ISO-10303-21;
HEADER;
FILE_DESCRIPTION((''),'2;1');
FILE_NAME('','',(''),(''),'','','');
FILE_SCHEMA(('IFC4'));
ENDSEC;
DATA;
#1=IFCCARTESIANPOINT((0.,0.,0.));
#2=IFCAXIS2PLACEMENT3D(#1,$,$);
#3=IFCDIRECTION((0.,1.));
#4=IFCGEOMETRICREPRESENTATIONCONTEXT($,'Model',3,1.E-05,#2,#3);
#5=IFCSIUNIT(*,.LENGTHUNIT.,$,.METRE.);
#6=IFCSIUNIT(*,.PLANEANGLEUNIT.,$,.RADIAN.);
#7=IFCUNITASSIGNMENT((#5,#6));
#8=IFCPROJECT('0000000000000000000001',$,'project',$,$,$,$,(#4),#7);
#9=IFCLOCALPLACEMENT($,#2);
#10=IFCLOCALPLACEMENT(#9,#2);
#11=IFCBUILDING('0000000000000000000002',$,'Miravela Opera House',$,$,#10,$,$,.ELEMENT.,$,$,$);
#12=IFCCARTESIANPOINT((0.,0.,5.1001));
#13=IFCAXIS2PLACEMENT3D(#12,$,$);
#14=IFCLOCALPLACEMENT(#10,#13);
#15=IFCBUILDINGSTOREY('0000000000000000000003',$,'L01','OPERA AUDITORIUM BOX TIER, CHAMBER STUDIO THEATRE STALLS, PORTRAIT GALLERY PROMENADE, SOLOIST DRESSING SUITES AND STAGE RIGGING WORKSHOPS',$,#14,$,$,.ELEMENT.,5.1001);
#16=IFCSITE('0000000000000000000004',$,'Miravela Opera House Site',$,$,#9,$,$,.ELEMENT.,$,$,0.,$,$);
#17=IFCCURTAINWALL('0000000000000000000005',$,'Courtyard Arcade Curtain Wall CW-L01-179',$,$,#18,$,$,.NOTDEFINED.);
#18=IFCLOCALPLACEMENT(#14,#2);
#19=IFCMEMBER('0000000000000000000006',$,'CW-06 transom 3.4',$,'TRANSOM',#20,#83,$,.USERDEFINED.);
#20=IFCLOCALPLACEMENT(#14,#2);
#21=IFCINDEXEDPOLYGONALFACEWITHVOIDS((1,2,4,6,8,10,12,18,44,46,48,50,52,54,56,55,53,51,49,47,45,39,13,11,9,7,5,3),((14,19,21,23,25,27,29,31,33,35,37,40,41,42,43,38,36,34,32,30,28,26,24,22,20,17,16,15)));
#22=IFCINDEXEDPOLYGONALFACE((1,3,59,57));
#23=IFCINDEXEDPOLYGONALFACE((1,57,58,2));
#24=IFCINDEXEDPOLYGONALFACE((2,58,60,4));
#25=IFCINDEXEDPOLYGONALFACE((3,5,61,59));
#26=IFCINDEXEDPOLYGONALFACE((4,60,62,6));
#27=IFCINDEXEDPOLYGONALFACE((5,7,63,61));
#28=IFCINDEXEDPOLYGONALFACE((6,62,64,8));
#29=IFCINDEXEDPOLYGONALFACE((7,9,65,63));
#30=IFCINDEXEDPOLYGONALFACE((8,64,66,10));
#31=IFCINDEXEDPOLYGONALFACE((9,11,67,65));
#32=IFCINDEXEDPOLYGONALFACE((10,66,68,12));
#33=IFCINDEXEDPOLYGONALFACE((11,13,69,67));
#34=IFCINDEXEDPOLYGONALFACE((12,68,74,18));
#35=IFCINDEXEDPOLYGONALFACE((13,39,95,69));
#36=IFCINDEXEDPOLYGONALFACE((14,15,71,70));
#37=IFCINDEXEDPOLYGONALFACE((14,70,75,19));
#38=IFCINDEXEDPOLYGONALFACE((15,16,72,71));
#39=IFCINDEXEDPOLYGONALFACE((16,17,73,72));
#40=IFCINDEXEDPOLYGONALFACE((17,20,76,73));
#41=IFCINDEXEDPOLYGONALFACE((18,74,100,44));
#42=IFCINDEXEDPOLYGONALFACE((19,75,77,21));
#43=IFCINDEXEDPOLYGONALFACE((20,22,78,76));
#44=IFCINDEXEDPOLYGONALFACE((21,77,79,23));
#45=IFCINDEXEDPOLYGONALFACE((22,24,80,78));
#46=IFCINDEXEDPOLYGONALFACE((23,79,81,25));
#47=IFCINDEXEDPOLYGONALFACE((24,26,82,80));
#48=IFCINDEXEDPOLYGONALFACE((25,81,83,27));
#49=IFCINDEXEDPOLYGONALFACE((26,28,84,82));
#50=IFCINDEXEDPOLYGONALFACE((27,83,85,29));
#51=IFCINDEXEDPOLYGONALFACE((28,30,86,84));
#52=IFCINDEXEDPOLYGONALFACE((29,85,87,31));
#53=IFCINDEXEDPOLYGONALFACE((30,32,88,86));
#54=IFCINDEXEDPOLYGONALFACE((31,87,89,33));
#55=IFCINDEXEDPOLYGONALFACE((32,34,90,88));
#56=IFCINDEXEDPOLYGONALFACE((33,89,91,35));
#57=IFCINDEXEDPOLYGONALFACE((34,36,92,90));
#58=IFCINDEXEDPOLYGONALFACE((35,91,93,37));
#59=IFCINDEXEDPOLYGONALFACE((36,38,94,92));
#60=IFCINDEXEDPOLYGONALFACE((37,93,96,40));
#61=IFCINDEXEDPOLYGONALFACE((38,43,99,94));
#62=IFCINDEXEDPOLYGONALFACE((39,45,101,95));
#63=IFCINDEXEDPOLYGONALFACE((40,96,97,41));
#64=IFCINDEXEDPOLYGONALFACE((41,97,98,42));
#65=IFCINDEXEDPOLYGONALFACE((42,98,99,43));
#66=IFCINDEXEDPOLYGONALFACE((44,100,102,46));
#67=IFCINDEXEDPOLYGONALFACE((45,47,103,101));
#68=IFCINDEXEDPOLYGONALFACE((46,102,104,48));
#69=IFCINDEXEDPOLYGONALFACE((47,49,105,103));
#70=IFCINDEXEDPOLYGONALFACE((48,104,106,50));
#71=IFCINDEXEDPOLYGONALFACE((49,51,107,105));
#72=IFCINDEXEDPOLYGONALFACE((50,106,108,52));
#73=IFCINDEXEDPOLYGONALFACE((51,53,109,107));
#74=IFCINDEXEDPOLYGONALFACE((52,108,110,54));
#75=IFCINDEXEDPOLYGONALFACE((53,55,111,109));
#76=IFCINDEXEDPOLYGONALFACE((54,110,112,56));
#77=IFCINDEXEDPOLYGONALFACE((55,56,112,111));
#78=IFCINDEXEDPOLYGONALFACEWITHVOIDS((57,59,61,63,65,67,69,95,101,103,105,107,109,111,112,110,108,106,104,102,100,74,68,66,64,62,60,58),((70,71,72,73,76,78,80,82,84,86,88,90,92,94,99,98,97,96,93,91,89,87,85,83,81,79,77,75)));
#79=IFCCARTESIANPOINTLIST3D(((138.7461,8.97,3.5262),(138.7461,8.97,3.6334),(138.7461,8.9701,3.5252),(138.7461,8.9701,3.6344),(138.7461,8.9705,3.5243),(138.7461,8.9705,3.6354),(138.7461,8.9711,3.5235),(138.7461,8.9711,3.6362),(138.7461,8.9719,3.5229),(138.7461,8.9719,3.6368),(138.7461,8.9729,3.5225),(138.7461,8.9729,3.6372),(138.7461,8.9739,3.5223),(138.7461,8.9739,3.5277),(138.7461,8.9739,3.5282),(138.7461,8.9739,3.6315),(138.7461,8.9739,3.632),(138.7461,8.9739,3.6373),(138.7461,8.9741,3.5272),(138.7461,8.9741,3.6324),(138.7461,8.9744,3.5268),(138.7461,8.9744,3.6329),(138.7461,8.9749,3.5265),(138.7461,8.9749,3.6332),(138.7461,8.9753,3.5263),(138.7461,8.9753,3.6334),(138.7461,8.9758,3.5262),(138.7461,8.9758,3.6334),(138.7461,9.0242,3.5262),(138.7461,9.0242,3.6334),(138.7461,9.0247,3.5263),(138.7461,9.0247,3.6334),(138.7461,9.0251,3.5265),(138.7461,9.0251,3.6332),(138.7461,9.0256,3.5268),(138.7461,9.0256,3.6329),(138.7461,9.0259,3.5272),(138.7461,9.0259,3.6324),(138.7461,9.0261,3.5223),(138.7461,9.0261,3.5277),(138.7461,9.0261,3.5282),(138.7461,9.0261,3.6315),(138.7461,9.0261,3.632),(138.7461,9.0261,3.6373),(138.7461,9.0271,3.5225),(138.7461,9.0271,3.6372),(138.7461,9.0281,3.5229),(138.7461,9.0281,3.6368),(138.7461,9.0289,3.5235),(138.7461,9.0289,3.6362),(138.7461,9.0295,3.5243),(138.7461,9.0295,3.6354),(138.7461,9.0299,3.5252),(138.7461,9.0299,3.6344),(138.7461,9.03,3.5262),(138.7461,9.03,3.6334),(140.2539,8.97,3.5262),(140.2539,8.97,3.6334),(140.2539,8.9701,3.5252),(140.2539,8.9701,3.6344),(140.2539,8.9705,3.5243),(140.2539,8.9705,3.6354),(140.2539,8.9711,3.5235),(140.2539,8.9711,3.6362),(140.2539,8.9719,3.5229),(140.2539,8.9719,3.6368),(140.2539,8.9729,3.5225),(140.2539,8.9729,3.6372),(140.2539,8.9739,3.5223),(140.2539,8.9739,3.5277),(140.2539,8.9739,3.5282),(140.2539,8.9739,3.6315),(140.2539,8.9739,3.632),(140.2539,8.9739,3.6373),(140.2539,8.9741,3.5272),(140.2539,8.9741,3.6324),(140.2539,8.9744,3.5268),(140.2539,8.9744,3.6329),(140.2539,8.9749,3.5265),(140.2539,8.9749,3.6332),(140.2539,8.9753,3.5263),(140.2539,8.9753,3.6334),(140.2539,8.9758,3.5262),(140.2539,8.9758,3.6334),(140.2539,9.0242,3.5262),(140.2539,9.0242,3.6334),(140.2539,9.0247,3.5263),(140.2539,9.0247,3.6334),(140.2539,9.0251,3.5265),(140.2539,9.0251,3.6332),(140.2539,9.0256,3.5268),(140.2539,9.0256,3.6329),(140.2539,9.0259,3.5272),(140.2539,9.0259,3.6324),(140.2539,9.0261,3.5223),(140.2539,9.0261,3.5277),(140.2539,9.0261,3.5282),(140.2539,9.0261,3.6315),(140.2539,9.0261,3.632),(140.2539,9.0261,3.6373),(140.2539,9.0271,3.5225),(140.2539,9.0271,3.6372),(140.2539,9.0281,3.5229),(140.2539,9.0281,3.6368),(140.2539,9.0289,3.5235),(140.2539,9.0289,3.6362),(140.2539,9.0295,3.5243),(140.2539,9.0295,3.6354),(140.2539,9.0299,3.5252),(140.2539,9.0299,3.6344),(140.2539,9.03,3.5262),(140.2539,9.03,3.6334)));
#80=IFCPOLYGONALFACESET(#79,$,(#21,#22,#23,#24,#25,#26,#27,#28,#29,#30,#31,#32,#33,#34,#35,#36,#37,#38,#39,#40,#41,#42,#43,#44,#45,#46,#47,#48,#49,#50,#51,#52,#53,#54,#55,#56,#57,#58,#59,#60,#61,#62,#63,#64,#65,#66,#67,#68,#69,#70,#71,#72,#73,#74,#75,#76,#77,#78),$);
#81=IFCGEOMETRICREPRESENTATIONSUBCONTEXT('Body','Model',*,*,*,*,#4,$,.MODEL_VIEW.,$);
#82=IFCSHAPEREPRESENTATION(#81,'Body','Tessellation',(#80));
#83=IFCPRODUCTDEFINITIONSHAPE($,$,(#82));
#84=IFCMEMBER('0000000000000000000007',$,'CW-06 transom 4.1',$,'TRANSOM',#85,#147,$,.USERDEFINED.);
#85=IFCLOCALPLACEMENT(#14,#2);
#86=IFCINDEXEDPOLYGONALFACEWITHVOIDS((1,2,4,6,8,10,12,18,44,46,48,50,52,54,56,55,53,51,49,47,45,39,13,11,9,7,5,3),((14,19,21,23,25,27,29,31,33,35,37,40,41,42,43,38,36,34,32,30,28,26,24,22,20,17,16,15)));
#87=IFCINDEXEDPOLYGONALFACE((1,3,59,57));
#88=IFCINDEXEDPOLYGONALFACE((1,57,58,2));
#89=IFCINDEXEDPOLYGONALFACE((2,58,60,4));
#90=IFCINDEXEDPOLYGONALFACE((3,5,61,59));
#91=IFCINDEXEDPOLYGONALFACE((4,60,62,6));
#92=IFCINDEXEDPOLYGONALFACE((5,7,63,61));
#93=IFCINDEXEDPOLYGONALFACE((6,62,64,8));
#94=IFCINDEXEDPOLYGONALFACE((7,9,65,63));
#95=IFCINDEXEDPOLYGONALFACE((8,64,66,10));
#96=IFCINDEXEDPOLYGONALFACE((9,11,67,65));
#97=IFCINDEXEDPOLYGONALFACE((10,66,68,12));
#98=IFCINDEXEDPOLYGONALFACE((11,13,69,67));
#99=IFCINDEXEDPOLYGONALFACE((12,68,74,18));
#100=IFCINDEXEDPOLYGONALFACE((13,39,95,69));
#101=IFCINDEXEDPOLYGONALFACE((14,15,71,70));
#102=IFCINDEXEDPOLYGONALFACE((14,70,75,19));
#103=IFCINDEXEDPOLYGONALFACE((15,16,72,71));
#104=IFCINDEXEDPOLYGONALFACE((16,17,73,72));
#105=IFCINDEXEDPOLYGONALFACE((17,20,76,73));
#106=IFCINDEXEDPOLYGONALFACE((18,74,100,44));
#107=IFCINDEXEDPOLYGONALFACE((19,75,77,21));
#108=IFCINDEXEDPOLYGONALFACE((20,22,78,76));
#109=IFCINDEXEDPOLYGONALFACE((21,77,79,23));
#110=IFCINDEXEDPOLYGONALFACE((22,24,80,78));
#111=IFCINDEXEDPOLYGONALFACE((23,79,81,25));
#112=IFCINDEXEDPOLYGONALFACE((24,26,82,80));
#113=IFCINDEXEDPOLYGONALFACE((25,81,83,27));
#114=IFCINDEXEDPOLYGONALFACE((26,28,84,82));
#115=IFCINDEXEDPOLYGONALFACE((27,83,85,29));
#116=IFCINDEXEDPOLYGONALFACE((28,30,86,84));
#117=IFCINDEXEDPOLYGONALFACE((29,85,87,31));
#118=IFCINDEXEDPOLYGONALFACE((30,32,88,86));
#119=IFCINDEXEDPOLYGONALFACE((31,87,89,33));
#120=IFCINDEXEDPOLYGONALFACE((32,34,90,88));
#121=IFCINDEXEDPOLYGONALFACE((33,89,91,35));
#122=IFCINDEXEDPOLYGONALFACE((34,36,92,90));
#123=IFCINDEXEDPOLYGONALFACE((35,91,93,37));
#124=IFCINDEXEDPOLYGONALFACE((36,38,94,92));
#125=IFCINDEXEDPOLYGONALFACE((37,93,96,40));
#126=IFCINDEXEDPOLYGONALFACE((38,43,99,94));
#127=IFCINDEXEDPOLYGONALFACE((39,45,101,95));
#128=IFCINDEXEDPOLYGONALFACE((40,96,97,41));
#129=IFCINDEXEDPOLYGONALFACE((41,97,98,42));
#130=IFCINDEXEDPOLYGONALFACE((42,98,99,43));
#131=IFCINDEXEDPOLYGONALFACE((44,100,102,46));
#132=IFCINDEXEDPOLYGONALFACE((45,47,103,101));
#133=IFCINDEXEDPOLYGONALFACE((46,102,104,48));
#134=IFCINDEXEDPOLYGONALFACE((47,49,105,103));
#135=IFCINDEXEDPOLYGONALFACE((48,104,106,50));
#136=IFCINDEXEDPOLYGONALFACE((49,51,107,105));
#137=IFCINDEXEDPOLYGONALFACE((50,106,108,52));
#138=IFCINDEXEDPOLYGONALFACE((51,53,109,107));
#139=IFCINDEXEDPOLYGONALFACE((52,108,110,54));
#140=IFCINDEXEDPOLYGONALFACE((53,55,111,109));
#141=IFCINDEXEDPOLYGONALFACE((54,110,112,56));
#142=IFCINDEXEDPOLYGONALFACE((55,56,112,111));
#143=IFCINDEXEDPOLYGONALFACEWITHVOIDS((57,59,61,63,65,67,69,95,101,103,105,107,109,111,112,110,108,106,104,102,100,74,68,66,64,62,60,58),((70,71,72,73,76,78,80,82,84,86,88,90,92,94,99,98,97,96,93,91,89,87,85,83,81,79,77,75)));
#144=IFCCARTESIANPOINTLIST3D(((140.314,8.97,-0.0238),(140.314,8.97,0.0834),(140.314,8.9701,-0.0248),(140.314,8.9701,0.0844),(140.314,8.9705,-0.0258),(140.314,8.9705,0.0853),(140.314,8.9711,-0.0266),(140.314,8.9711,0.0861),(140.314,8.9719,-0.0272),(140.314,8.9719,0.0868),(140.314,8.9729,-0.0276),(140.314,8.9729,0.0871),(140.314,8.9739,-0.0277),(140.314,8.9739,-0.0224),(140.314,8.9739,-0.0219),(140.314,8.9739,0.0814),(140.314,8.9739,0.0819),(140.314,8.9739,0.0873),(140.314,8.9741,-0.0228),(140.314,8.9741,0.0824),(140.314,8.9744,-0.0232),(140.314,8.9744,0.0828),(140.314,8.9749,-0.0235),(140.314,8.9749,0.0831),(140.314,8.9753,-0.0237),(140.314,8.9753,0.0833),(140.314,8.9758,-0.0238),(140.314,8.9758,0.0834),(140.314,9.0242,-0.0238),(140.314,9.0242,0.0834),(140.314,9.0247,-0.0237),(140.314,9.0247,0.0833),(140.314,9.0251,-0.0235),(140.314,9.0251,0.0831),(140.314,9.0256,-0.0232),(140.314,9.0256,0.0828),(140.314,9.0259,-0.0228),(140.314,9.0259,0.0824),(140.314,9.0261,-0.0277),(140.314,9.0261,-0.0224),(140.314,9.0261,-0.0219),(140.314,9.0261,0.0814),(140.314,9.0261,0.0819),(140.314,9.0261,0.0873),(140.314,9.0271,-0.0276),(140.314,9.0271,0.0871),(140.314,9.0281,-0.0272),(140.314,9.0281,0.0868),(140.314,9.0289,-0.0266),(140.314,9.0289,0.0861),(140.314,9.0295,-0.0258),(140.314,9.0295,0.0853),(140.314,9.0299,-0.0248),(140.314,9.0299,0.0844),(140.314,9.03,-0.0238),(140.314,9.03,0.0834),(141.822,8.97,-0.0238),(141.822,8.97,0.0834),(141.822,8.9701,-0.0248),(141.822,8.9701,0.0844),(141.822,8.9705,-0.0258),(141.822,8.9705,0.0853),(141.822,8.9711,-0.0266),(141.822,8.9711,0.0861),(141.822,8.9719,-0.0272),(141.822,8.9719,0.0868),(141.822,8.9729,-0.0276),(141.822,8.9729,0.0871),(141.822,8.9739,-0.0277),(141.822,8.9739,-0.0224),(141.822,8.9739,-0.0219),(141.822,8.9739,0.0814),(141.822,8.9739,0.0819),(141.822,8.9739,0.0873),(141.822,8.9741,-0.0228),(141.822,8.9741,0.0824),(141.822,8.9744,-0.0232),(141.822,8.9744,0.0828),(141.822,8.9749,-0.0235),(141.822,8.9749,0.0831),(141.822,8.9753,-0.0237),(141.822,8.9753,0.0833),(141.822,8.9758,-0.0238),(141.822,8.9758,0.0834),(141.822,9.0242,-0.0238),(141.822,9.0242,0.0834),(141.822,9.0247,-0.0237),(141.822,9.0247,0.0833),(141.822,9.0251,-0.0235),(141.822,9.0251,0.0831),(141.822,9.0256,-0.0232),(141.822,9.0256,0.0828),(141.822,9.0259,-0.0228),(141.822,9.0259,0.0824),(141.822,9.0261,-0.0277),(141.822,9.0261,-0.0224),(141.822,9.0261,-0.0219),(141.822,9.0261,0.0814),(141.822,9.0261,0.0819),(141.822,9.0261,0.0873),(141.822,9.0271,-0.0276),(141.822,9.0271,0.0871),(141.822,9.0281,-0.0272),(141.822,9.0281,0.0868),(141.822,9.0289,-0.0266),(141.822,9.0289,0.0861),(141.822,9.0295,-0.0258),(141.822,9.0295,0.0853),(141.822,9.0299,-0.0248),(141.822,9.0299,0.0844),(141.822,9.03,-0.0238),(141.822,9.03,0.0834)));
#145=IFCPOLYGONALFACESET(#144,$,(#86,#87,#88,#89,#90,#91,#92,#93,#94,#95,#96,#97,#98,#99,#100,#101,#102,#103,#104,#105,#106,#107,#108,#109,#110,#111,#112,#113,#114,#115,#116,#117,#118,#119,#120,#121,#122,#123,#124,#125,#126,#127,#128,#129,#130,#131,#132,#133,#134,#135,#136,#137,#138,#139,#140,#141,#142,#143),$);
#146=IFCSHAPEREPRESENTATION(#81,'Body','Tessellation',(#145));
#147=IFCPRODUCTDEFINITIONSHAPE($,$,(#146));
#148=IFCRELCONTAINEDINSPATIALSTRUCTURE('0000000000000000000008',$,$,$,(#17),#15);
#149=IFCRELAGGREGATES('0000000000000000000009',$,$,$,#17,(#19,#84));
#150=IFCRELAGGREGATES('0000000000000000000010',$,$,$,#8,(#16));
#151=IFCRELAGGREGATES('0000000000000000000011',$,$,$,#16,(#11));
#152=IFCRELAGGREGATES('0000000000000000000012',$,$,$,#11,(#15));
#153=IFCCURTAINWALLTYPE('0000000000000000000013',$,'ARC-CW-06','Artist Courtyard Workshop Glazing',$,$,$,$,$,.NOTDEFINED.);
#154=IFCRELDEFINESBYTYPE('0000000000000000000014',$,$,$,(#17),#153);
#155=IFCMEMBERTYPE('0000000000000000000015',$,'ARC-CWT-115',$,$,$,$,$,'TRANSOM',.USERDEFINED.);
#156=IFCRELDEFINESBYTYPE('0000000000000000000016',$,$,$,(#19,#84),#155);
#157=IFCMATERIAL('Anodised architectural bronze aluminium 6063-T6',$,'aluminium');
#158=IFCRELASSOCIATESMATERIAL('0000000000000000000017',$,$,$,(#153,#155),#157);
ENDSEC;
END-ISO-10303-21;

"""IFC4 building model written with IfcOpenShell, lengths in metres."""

from ifc_helpers import new_model, si_unit, direction, frame, origin, origin_2d, place, context, subcontext, project, spatial, hollow_rectangle, extrude, material, material_profile, profile_set, type_object, element, aggregate, save


model = new_model("IFC4")

# Units and contexts
model_context = context("Model", 3, precision=1e-05, world=origin(), true_north=direction((0.0, 1.0)))
body_context = subcontext(model_context, "Body", "Model", "MODEL_VIEW")
ifc_project = project(units=[si_unit("LENGTHUNIT", "METRE"), si_unit("PLANEANGLEUNIT", "RADIAN")], contexts=[model_context])

# Site, building, storey
site_placement = place(None, origin())
site = spatial("IfcSite", under=ifc_project, at=site_placement, Name="Miravela Opera House Site", CompositionType="ELEMENT", RefElevation=0.0)
building_placement = place(site_placement, origin())
building = spatial("IfcBuilding", under=site, at=building_placement, Name="Miravela Opera House", CompositionType="ELEMENT")
storey_placement = place(building_placement, frame((0.0, 0.0, 5.1001)))
storey = spatial("IfcBuildingStorey", under=building, at=storey_placement, Name="L01", Description="OPERA AUDITORIUM BOX TIER, CHAMBER STUDIO THEATRE STALLS, PORTRAIT GALLERY PROMENADE, SOLOIST DRESSING SUITES AND STAGE RIGGING WORKSHOPS", CompositionType="ELEMENT", Elevation=5.1001)

# Curtain wall, members
ifc_material_1 = material(Name="Anodised architectural bronze aluminium 6063-T6", Category="aluminium")
curtain_wall_type = type_object("IfcCurtainWallType", Name="ARC-CW-06", Description="Artist Courtyard Workshop Glazing", PredefinedType="NOTDEFINED", material=ifc_material_1)
curtain_wall_placement = place(storey_placement, origin())
curtain_wall = element("IfcCurtainWall", 1, at=curtain_wall_placement, inside=storey, type_object=curtain_wall_type, Name="Courtyard Arcade Curtain Wall CW-L01-179", PredefinedType="NOTDEFINED")
ifc_material_profile_1 = material_profile(ifc_material_1, hollow_rectangle(XDim=0.0601, YDim=0.115, WallThickness=0.0039, InnerFilletRadius=0.002, OuterFilletRadius=0.0039, at=origin_2d()), Name="CWT-60X115")
ifc_profile_set_1 = profile_set([ifc_material_profile_1])
member_type_1 = type_object("IfcMemberType", Name="ARC-CWT-115", ElementType="TRANSOM", PredefinedType="USERDEFINED", material=ifc_profile_set_1)
member_1_placement = place(storey_placement, frame((138.7461, 9.0, 3.5798), z_axis=(1.0, 0.0, 0.0), x_axis=(0.0, 1.0, 0.0)))
member_1 = element("IfcMember", 2, at=member_1_placement, type_object=member_type_1, Name="CW-06 transom 3.4", ObjectType="TRANSOM", PredefinedType="USERDEFINED", context=body_context, shape_type="SweptSolid", body=[
    extrude(hollow_rectangle(XDim=0.0601, YDim=0.115, WallThickness=0.0039, InnerFilletRadius=0.002, OuterFilletRadius=0.0039, at=origin_2d()), origin(), (0.0, 0.0, 1.0), 1.5078),
])
member_2_placement = place(storey_placement, frame((140.314, 9.0, 0.0298), z_axis=(1.0, 0.0, 0.0), x_axis=(0.0, 1.0, 0.0)))
member_2 = element("IfcMember", 3, at=member_2_placement, type_object=member_type_1, Name="CW-06 transom 4.1", ObjectType="TRANSOM", PredefinedType="USERDEFINED", context=body_context, shape_type="SweptSolid", body=[
    extrude(hollow_rectangle(XDim=0.0601, YDim=0.115, WallThickness=0.0039, InnerFilletRadius=0.002, OuterFilletRadius=0.0039, at=origin_2d()), origin(), (0.0, 0.0, 1.0), 1.5081),
])
aggregate(curtain_wall, [member_1, member_2])

save(model, "model.ifc")
